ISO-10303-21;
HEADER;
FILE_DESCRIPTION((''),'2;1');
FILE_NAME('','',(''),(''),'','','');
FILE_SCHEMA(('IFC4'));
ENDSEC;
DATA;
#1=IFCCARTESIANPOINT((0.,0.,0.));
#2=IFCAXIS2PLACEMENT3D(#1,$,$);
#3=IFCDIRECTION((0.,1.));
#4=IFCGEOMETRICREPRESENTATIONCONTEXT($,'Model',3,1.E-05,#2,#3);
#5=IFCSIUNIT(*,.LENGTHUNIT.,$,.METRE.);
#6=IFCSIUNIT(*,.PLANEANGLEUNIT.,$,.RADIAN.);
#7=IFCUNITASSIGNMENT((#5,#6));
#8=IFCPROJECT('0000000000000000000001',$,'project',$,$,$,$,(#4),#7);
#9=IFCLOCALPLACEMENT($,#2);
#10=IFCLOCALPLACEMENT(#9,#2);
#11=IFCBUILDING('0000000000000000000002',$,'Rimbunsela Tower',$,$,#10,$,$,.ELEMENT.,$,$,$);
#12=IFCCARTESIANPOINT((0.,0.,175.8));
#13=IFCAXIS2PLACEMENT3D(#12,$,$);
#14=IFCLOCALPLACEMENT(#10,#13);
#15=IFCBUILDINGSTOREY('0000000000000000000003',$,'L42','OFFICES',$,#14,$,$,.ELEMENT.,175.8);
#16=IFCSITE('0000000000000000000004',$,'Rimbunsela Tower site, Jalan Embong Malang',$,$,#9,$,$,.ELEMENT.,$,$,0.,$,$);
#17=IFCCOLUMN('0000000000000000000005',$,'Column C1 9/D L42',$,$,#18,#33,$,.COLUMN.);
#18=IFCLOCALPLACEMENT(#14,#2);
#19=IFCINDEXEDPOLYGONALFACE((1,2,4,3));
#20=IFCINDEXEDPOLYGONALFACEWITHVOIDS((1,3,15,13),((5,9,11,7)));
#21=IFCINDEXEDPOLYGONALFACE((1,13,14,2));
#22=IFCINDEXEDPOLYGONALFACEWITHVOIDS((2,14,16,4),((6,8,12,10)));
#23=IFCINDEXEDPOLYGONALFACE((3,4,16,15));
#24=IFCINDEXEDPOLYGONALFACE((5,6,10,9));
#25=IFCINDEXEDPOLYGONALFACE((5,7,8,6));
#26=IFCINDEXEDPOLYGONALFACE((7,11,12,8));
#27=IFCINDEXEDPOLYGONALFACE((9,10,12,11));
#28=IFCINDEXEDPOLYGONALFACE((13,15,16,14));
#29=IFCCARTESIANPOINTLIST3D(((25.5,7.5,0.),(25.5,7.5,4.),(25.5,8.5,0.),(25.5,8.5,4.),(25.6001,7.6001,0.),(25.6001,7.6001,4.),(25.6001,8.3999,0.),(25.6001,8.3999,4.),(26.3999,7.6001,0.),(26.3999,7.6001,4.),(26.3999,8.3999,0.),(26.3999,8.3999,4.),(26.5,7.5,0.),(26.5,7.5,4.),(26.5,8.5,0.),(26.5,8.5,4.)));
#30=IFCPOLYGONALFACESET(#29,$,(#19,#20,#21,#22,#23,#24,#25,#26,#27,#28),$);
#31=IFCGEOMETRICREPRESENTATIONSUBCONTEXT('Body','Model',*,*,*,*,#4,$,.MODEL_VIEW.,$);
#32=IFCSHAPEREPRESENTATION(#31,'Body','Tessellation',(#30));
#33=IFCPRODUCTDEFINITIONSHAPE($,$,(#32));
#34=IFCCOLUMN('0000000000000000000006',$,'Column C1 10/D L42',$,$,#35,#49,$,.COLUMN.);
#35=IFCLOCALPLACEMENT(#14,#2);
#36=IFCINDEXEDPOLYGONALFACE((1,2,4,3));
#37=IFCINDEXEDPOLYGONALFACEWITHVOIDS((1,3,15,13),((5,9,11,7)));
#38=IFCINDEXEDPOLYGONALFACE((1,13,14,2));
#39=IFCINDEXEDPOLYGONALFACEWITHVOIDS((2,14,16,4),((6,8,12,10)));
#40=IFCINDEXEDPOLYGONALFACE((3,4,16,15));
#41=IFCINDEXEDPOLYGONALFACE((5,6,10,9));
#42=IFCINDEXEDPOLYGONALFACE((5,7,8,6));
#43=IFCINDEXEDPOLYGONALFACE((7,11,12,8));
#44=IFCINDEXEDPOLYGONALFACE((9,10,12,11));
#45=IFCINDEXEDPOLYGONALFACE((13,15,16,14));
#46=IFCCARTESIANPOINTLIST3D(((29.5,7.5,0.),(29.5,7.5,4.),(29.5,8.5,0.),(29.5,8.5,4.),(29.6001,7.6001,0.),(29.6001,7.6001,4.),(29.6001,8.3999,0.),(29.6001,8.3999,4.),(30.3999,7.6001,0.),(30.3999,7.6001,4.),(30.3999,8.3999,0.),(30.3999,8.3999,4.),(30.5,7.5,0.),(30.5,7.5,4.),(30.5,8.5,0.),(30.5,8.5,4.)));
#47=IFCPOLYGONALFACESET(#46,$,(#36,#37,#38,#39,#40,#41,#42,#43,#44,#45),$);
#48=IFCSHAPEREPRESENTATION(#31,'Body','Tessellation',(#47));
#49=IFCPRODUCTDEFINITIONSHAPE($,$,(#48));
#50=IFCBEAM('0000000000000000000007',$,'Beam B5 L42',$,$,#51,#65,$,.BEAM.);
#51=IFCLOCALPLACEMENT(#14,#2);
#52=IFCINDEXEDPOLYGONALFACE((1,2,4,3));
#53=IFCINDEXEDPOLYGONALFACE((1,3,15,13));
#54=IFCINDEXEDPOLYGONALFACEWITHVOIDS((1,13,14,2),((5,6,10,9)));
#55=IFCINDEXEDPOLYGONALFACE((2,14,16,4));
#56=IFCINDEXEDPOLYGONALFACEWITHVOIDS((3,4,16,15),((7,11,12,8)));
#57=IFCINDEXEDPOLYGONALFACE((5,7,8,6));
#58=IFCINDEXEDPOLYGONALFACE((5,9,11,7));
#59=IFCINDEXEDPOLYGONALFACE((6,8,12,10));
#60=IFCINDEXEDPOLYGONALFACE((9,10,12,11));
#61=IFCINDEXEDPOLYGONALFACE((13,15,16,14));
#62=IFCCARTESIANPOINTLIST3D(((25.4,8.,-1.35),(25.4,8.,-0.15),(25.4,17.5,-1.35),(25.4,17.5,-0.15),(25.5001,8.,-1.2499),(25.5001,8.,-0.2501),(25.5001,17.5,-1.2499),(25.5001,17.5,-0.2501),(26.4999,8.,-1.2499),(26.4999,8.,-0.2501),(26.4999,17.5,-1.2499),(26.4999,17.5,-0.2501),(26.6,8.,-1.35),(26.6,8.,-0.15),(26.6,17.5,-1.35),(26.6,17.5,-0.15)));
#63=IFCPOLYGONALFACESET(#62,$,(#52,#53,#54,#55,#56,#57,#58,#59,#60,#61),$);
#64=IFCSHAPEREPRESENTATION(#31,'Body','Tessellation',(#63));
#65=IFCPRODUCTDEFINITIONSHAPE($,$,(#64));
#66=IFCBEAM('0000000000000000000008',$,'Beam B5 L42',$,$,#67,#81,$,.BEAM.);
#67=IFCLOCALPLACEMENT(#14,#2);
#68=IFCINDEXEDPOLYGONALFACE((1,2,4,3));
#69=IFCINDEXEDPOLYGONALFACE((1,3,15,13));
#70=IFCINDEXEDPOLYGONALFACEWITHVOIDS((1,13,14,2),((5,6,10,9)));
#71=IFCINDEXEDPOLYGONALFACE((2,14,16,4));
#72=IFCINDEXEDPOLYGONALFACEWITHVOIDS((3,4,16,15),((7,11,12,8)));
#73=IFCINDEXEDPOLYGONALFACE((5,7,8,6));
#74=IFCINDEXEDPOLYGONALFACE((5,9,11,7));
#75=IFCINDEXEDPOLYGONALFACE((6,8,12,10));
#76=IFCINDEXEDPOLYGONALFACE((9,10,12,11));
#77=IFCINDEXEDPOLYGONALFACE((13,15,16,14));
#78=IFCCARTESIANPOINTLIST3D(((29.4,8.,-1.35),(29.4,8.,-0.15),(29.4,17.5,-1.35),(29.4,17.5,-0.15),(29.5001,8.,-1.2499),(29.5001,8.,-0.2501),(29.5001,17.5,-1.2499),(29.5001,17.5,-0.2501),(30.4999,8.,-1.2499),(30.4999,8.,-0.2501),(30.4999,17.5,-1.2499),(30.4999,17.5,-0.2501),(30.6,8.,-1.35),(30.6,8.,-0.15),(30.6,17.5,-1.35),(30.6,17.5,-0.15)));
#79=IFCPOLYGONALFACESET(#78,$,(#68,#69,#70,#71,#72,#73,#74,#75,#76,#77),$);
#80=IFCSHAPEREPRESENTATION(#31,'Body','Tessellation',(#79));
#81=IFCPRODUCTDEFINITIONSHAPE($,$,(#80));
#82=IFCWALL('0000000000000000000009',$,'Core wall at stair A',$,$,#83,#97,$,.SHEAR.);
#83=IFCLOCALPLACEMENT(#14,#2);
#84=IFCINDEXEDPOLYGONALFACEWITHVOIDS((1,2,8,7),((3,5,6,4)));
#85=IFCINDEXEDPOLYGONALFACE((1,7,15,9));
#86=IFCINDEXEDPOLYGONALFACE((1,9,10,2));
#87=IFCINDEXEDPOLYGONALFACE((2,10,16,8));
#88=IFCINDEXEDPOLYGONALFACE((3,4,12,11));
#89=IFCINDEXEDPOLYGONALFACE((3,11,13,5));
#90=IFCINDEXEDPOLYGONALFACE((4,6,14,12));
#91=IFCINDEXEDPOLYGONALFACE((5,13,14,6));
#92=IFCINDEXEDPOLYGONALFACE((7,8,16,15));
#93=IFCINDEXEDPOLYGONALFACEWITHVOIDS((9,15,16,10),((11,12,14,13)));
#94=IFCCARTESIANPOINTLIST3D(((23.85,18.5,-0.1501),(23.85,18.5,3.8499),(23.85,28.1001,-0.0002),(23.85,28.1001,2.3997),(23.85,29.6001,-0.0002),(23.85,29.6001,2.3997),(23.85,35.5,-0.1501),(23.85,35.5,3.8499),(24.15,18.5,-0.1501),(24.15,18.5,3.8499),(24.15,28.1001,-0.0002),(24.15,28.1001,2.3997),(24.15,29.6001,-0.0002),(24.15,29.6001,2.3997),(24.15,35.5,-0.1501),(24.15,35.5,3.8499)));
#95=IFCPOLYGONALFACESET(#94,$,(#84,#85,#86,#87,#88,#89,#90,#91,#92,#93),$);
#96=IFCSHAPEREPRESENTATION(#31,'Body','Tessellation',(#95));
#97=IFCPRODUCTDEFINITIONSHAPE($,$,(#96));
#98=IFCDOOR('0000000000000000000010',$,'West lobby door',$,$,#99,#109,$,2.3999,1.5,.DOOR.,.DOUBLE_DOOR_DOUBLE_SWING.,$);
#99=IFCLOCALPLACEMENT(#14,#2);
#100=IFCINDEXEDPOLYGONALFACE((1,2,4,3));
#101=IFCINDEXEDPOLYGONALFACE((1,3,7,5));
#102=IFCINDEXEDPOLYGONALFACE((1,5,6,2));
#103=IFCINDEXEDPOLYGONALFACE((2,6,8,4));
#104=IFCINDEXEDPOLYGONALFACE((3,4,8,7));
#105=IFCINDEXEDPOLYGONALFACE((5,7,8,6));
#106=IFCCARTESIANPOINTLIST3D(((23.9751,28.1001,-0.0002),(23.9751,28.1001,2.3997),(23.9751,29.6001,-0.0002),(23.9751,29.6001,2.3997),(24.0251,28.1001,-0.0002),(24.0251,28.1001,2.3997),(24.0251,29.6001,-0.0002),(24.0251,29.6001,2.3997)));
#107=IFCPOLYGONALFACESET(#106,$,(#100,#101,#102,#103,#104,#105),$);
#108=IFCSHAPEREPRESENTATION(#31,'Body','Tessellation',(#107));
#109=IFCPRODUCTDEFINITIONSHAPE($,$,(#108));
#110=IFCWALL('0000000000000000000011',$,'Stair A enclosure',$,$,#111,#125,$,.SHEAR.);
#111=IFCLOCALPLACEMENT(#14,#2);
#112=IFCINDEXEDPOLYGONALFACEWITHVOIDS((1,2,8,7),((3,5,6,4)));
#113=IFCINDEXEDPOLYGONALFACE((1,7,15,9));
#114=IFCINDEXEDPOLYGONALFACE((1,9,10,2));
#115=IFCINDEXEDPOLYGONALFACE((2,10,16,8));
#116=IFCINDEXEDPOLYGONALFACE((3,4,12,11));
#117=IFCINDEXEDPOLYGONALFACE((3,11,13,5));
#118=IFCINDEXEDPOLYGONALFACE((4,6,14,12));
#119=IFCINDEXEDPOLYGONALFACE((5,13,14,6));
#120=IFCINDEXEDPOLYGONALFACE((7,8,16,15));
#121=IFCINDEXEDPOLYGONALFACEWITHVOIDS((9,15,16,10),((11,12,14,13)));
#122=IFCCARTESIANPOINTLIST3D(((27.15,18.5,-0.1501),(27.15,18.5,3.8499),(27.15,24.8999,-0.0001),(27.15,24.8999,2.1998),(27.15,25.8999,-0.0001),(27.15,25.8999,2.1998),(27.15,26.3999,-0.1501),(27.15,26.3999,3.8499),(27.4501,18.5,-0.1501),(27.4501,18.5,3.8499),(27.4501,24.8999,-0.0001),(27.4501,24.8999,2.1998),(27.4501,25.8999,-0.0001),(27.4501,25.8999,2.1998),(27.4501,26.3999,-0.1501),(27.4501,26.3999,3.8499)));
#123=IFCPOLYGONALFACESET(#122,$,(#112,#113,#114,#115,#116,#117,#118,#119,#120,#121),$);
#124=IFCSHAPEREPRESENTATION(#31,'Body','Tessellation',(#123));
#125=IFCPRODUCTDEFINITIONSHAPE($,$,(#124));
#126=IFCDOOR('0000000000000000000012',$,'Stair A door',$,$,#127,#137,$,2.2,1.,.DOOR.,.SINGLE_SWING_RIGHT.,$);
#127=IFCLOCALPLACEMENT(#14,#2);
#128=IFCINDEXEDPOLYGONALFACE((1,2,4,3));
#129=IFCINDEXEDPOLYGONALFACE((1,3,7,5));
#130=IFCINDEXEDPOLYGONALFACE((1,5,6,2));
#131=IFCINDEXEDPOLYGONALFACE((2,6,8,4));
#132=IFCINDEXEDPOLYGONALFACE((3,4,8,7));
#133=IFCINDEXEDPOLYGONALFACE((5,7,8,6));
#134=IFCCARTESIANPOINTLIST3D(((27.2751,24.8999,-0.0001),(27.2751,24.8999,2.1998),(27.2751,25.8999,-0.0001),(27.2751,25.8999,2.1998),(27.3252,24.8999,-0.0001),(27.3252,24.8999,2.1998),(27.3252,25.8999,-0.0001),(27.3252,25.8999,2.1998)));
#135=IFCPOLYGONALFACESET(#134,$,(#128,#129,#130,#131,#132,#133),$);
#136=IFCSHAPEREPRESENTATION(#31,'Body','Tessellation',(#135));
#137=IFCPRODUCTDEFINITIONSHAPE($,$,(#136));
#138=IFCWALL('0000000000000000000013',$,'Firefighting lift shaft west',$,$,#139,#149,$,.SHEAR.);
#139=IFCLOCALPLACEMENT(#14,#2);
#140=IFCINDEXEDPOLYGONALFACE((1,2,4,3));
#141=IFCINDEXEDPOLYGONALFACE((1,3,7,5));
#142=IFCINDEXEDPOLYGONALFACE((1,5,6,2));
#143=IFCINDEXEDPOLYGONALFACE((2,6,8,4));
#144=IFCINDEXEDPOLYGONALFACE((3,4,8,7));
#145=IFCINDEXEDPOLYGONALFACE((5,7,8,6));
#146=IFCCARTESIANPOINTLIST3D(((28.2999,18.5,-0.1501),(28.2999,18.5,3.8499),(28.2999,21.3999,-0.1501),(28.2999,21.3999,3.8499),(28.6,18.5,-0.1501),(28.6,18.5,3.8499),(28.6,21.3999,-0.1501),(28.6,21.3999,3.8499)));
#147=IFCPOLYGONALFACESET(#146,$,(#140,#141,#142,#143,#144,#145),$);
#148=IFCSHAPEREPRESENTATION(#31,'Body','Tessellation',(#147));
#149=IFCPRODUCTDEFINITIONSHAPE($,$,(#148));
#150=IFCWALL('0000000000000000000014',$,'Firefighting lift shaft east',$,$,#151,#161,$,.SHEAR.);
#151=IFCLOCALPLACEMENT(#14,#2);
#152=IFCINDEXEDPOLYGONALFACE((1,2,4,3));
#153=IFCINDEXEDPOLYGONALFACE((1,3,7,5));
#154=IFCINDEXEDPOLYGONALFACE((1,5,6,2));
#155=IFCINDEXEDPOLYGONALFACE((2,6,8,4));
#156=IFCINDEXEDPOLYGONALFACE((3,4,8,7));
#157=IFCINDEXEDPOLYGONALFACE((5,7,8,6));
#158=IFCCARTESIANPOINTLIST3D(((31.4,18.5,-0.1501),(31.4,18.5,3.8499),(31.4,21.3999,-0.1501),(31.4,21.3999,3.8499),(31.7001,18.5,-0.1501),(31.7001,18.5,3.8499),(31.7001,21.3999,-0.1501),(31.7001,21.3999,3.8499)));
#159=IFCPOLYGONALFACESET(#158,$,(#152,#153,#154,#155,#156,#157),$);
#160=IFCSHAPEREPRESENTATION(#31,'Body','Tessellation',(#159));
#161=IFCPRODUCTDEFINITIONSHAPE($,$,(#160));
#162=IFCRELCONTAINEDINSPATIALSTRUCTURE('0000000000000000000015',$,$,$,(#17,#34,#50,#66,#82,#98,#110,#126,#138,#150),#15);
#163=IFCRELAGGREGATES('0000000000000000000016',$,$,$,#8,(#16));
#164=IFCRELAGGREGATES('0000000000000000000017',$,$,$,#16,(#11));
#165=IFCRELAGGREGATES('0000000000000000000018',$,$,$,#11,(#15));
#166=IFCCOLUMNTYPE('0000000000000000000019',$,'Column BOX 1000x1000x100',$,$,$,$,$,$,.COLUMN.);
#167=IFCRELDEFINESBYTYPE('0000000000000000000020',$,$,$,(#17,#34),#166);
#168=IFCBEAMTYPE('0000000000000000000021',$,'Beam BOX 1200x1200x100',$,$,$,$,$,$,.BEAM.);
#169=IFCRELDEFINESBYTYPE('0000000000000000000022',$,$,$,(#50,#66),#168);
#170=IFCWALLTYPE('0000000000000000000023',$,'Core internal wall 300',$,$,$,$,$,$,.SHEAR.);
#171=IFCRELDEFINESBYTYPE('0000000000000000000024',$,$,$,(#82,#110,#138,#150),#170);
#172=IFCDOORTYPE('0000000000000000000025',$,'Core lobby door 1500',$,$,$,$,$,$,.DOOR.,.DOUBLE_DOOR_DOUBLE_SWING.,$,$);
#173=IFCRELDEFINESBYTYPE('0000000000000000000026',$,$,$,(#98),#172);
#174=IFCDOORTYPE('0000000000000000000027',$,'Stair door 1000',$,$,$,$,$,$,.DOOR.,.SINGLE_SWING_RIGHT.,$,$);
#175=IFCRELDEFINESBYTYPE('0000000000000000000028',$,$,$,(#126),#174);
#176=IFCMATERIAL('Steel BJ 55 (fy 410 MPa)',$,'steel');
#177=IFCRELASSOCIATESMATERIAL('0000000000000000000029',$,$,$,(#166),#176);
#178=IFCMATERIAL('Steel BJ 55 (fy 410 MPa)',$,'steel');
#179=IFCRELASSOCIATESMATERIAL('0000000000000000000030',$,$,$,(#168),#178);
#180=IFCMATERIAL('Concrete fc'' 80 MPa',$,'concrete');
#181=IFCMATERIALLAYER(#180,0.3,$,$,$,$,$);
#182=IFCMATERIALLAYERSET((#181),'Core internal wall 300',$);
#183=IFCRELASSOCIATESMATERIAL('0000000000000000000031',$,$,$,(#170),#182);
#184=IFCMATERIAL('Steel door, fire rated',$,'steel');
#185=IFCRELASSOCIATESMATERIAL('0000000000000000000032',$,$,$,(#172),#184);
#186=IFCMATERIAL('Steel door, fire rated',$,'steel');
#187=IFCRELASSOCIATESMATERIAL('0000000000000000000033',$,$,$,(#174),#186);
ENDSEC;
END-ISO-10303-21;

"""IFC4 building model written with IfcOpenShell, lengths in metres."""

from ifc_helpers import new_model, si_unit, direction, frame, frame_2d, origin, origin_2d, place, context, subcontext, project, spatial, rectangle, hollow_rectangle, extrude, material, layer, layer_set, material_profile, profile_set, type_object, element, fill, save


model = new_model("IFC4")

# Units and contexts
model_context = context("Model", 3, precision=1e-05, world=origin(), true_north=direction((0.0, 1.0)))
body_context = subcontext(model_context, "Body", "Model", "MODEL_VIEW")
ifc_project = project(units=[si_unit("LENGTHUNIT", "METRE"), si_unit("PLANEANGLEUNIT", "RADIAN")], contexts=[model_context])

# Site, building, storey
site_placement = place(None, origin())
site = spatial("IfcSite", under=ifc_project, at=site_placement, Name="Rimbunsela Tower site, Jalan Embong Malang", CompositionType="ELEMENT", RefElevation=0.0)
building_placement = place(site_placement, origin())
building = spatial("IfcBuilding", under=site, at=building_placement, Name="Rimbunsela Tower", CompositionType="ELEMENT")
storey_placement = place(building_placement, frame((0.0, 0.0, 175.8)))
storey = spatial("IfcBuildingStorey", under=building, at=storey_placement, Name="L42", Description="OFFICES", CompositionType="ELEMENT", Elevation=175.8)

# Columns
ifc_material_1 = material(Name="Steel BJ 55 (fy 410 MPa)", Category="steel")
ifc_material_profile_1 = material_profile(ifc_material_1, hollow_rectangle(XDim=1.0, YDim=1.0, WallThickness=0.1001, at=origin_2d()), Name="BOX 1000x1000x100")
ifc_profile_set_1 = profile_set([ifc_material_profile_1], Name="Steel BJ 55 (fy 410 MPa)")
column_type = type_object("IfcColumnType", Name="Column BOX 1000x1000x100", PredefinedType="COLUMN", material=ifc_profile_set_1)
for number, where, z_axis, x_axis, name in (
    (1, (26.0, 8.0, 0.0), (0.0, 0.0, 1.0), (1.0, 0.0, 0.0), "Column C1 9/D L42"),
    (2, (30.0, 8.0, 0.0), (0.0, 0.0, 1.0), (1.0, 0.0, 0.0), "Column C1 10/D L42"),
):
    element("IfcColumn", number, at=place(storey_placement, frame(where, z_axis=z_axis, x_axis=x_axis)), inside=storey, type_object=column_type, Name=name, PredefinedType="COLUMN", context=body_context, shape_type="SweptSolid", body=[
        extrude(hollow_rectangle(XDim=1.0, YDim=1.0, WallThickness=0.1001, at=origin_2d()), origin(), (0.0, 0.0, 1.0), 4.0),
    ])

# Beams
ifc_material_2 = material(Name="Steel BJ 55 (fy 410 MPa)", Category="steel")
ifc_material_profile_2 = material_profile(ifc_material_2, hollow_rectangle(XDim=1.2, YDim=1.2, WallThickness=0.1001, at=origin_2d()), Name="BOX 1200x1200x100")
ifc_profile_set_2 = profile_set([ifc_material_profile_2], Name="Steel BJ 55 (fy 410 MPa)")
beam_type = type_object("IfcBeamType", Name="Beam BOX 1200x1200x100", PredefinedType="BEAM", material=ifc_profile_set_2)
for number, where, z_axis, x_axis, name in (
    (3, (26.0, 8.0, -0.75), (0.0, 1.0, 0.0), (-1.0, 0.0, 0.0), "Beam B5 L42"),
    (4, (30.0, 8.0, -0.75), (0.0, 1.0, 0.0), (-1.0, 0.0, 0.0), "Beam B5 L42"),
):
    element("IfcBeam", number, at=place(storey_placement, frame(where, z_axis=z_axis, x_axis=x_axis)), inside=storey, type_object=beam_type, Name=name, PredefinedType="BEAM", context=body_context, shape_type="SweptSolid", body=[
        extrude(hollow_rectangle(XDim=1.2, YDim=1.2, WallThickness=0.1001, at=origin_2d()), origin(), (0.0, 0.0, 1.0), 9.5),
    ])

# Walls, openings, doors
ifc_material_3 = material(Name="Concrete fc' 80 MPa", Category="concrete")
ifc_layer_1 = layer(ifc_material_3, 0.3)
ifc_layer_set_1 = layer_set([ifc_layer_1], Name="Core internal wall 300")
wall_type_1 = type_object("IfcWallType", Name="Core internal wall 300", PredefinedType="SHEAR", material=ifc_layer_set_1)
wall_1_placement = place(storey_placement, frame((24.0, 18.5, -0.1501), z_axis=(0.0, 0.0, 1.0), x_axis=(0.0, 1.0, 0.0)))
wall_1 = element("IfcWall", 5, at=wall_1_placement, inside=storey, type_object=wall_type_1, Name="Core wall at stair A", PredefinedType="SHEAR", context=body_context, shape_type="SweptSolid", body=[
    extrude(rectangle(XDim=17.0, YDim=0.3, at=frame_2d((8.5, 0.0))), origin(), (0.0, 0.0, 1.0), 4.0),
])
opening_1_placement = place(wall_1_placement, frame((9.6001, 0.0, 0.1499)))
opening_1 = element("IfcOpeningElement", 6, at=opening_1_placement, cuts=wall_1, PredefinedType="OPENING", context=body_context, shape_type="SweptSolid", body=[
    extrude(rectangle(XDim=1.5, YDim=2.3999, at=frame_2d((0.75, 1.2))), frame((0.0, 0.1599, 0.0), z_axis=(0.0, -1.0, 0.0), x_axis=(1.0, 0.0, 0.0)), (0.0, 0.0, 1.0), 0.3201),
])
ifc_material_4 = material(Name="Steel door, fire rated", Category="steel")
door_type_1 = type_object("IfcDoorType", Name="Core lobby door 1500", OperationType="DOUBLE_DOOR_DOUBLE_SWING", PredefinedType="DOOR", material=ifc_material_4)
door_1_placement = place(opening_1_placement, origin())
door_1 = element("IfcDoor", 7, at=door_1_placement, inside=storey, type_object=door_type_1, Name="West lobby door", OperationType="DOUBLE_DOOR_DOUBLE_SWING", OverallHeight=2.3999, OverallWidth=1.5, PredefinedType="DOOR", context=body_context, shape_type="SweptSolid", body=[
    extrude(rectangle(XDim=1.5, YDim=2.3999, at=frame_2d((0.75, 1.2))), frame((0.0, 0.0249, 0.0), z_axis=(0.0, -1.0, 0.0), x_axis=(1.0, 0.0, 0.0)), (0.0, 0.0, 1.0), 0.05),
])
fill(opening_1, door_1)
wall_2_placement = place(storey_placement, frame((27.3, 18.5, -0.1501), z_axis=(0.0, 0.0, 1.0), x_axis=(0.0, 1.0, 0.0)))
wall_2 = element("IfcWall", 8, at=wall_2_placement, inside=storey, type_object=wall_type_1, Name="Stair A enclosure", PredefinedType="SHEAR", context=body_context, shape_type="SweptSolid", body=[
    extrude(rectangle(XDim=7.8999, YDim=0.3, at=frame_2d((3.95, 0.0))), origin(), (0.0, 0.0, 1.0), 4.0),
])
opening_2_placement = place(wall_2_placement, frame((6.3999, 0.0, 0.1499)))
opening_2 = element("IfcOpeningElement", 9, at=opening_2_placement, cuts=wall_2, PredefinedType="OPENING", context=body_context, shape_type="SweptSolid", body=[
    extrude(rectangle(XDim=1.0, YDim=2.2, at=frame_2d((0.5, 1.1001))), frame((0.0, 0.1599, 0.0), z_axis=(0.0, -1.0, 0.0), x_axis=(1.0, 0.0, 0.0)), (0.0, 0.0, 1.0), 0.3201),
])
ifc_material_5 = material(Name="Steel door, fire rated", Category="steel")
door_type_2 = type_object("IfcDoorType", Name="Stair door 1000", OperationType="SINGLE_SWING_RIGHT", PredefinedType="DOOR", material=ifc_material_5)
door_2_placement = place(opening_2_placement, origin())
door_2 = element("IfcDoor", 10, at=door_2_placement, inside=storey, type_object=door_type_2, Name="Stair A door", OperationType="SINGLE_SWING_RIGHT", OverallHeight=2.2, OverallWidth=1.0, PredefinedType="DOOR", context=body_context, shape_type="SweptSolid", body=[
    extrude(rectangle(XDim=1.0, YDim=2.2, at=frame_2d((0.5, 1.1001))), frame((0.0, 0.0249, 0.0), z_axis=(0.0, -1.0, 0.0), x_axis=(1.0, 0.0, 0.0)), (0.0, 0.0, 1.0), 0.05),
])
fill(opening_2, door_2)

# Walls
for number, where, z_axis, x_axis, name in (
    (11, (28.45, 18.5, -0.1501), (0.0, 0.0, 1.0), (0.0, 1.0, 0.0), "Firefighting lift shaft west"),
    (12, (31.55, 18.5, -0.1501), (0.0, 0.0, 1.0), (0.0, 1.0, 0.0), "Firefighting lift shaft east"),
):
    element("IfcWall", number, at=place(storey_placement, frame(where, z_axis=z_axis, x_axis=x_axis)), inside=storey, type_object=wall_type_1, Name=name, PredefinedType="SHEAR", context=body_context, shape_type="SweptSolid", body=[
        extrude(rectangle(XDim=2.8999, YDim=0.3, at=frame_2d((1.45, 0.0))), origin(), (0.0, 0.0, 1.0), 4.0),
    ])

save(model, "model.ifc")
